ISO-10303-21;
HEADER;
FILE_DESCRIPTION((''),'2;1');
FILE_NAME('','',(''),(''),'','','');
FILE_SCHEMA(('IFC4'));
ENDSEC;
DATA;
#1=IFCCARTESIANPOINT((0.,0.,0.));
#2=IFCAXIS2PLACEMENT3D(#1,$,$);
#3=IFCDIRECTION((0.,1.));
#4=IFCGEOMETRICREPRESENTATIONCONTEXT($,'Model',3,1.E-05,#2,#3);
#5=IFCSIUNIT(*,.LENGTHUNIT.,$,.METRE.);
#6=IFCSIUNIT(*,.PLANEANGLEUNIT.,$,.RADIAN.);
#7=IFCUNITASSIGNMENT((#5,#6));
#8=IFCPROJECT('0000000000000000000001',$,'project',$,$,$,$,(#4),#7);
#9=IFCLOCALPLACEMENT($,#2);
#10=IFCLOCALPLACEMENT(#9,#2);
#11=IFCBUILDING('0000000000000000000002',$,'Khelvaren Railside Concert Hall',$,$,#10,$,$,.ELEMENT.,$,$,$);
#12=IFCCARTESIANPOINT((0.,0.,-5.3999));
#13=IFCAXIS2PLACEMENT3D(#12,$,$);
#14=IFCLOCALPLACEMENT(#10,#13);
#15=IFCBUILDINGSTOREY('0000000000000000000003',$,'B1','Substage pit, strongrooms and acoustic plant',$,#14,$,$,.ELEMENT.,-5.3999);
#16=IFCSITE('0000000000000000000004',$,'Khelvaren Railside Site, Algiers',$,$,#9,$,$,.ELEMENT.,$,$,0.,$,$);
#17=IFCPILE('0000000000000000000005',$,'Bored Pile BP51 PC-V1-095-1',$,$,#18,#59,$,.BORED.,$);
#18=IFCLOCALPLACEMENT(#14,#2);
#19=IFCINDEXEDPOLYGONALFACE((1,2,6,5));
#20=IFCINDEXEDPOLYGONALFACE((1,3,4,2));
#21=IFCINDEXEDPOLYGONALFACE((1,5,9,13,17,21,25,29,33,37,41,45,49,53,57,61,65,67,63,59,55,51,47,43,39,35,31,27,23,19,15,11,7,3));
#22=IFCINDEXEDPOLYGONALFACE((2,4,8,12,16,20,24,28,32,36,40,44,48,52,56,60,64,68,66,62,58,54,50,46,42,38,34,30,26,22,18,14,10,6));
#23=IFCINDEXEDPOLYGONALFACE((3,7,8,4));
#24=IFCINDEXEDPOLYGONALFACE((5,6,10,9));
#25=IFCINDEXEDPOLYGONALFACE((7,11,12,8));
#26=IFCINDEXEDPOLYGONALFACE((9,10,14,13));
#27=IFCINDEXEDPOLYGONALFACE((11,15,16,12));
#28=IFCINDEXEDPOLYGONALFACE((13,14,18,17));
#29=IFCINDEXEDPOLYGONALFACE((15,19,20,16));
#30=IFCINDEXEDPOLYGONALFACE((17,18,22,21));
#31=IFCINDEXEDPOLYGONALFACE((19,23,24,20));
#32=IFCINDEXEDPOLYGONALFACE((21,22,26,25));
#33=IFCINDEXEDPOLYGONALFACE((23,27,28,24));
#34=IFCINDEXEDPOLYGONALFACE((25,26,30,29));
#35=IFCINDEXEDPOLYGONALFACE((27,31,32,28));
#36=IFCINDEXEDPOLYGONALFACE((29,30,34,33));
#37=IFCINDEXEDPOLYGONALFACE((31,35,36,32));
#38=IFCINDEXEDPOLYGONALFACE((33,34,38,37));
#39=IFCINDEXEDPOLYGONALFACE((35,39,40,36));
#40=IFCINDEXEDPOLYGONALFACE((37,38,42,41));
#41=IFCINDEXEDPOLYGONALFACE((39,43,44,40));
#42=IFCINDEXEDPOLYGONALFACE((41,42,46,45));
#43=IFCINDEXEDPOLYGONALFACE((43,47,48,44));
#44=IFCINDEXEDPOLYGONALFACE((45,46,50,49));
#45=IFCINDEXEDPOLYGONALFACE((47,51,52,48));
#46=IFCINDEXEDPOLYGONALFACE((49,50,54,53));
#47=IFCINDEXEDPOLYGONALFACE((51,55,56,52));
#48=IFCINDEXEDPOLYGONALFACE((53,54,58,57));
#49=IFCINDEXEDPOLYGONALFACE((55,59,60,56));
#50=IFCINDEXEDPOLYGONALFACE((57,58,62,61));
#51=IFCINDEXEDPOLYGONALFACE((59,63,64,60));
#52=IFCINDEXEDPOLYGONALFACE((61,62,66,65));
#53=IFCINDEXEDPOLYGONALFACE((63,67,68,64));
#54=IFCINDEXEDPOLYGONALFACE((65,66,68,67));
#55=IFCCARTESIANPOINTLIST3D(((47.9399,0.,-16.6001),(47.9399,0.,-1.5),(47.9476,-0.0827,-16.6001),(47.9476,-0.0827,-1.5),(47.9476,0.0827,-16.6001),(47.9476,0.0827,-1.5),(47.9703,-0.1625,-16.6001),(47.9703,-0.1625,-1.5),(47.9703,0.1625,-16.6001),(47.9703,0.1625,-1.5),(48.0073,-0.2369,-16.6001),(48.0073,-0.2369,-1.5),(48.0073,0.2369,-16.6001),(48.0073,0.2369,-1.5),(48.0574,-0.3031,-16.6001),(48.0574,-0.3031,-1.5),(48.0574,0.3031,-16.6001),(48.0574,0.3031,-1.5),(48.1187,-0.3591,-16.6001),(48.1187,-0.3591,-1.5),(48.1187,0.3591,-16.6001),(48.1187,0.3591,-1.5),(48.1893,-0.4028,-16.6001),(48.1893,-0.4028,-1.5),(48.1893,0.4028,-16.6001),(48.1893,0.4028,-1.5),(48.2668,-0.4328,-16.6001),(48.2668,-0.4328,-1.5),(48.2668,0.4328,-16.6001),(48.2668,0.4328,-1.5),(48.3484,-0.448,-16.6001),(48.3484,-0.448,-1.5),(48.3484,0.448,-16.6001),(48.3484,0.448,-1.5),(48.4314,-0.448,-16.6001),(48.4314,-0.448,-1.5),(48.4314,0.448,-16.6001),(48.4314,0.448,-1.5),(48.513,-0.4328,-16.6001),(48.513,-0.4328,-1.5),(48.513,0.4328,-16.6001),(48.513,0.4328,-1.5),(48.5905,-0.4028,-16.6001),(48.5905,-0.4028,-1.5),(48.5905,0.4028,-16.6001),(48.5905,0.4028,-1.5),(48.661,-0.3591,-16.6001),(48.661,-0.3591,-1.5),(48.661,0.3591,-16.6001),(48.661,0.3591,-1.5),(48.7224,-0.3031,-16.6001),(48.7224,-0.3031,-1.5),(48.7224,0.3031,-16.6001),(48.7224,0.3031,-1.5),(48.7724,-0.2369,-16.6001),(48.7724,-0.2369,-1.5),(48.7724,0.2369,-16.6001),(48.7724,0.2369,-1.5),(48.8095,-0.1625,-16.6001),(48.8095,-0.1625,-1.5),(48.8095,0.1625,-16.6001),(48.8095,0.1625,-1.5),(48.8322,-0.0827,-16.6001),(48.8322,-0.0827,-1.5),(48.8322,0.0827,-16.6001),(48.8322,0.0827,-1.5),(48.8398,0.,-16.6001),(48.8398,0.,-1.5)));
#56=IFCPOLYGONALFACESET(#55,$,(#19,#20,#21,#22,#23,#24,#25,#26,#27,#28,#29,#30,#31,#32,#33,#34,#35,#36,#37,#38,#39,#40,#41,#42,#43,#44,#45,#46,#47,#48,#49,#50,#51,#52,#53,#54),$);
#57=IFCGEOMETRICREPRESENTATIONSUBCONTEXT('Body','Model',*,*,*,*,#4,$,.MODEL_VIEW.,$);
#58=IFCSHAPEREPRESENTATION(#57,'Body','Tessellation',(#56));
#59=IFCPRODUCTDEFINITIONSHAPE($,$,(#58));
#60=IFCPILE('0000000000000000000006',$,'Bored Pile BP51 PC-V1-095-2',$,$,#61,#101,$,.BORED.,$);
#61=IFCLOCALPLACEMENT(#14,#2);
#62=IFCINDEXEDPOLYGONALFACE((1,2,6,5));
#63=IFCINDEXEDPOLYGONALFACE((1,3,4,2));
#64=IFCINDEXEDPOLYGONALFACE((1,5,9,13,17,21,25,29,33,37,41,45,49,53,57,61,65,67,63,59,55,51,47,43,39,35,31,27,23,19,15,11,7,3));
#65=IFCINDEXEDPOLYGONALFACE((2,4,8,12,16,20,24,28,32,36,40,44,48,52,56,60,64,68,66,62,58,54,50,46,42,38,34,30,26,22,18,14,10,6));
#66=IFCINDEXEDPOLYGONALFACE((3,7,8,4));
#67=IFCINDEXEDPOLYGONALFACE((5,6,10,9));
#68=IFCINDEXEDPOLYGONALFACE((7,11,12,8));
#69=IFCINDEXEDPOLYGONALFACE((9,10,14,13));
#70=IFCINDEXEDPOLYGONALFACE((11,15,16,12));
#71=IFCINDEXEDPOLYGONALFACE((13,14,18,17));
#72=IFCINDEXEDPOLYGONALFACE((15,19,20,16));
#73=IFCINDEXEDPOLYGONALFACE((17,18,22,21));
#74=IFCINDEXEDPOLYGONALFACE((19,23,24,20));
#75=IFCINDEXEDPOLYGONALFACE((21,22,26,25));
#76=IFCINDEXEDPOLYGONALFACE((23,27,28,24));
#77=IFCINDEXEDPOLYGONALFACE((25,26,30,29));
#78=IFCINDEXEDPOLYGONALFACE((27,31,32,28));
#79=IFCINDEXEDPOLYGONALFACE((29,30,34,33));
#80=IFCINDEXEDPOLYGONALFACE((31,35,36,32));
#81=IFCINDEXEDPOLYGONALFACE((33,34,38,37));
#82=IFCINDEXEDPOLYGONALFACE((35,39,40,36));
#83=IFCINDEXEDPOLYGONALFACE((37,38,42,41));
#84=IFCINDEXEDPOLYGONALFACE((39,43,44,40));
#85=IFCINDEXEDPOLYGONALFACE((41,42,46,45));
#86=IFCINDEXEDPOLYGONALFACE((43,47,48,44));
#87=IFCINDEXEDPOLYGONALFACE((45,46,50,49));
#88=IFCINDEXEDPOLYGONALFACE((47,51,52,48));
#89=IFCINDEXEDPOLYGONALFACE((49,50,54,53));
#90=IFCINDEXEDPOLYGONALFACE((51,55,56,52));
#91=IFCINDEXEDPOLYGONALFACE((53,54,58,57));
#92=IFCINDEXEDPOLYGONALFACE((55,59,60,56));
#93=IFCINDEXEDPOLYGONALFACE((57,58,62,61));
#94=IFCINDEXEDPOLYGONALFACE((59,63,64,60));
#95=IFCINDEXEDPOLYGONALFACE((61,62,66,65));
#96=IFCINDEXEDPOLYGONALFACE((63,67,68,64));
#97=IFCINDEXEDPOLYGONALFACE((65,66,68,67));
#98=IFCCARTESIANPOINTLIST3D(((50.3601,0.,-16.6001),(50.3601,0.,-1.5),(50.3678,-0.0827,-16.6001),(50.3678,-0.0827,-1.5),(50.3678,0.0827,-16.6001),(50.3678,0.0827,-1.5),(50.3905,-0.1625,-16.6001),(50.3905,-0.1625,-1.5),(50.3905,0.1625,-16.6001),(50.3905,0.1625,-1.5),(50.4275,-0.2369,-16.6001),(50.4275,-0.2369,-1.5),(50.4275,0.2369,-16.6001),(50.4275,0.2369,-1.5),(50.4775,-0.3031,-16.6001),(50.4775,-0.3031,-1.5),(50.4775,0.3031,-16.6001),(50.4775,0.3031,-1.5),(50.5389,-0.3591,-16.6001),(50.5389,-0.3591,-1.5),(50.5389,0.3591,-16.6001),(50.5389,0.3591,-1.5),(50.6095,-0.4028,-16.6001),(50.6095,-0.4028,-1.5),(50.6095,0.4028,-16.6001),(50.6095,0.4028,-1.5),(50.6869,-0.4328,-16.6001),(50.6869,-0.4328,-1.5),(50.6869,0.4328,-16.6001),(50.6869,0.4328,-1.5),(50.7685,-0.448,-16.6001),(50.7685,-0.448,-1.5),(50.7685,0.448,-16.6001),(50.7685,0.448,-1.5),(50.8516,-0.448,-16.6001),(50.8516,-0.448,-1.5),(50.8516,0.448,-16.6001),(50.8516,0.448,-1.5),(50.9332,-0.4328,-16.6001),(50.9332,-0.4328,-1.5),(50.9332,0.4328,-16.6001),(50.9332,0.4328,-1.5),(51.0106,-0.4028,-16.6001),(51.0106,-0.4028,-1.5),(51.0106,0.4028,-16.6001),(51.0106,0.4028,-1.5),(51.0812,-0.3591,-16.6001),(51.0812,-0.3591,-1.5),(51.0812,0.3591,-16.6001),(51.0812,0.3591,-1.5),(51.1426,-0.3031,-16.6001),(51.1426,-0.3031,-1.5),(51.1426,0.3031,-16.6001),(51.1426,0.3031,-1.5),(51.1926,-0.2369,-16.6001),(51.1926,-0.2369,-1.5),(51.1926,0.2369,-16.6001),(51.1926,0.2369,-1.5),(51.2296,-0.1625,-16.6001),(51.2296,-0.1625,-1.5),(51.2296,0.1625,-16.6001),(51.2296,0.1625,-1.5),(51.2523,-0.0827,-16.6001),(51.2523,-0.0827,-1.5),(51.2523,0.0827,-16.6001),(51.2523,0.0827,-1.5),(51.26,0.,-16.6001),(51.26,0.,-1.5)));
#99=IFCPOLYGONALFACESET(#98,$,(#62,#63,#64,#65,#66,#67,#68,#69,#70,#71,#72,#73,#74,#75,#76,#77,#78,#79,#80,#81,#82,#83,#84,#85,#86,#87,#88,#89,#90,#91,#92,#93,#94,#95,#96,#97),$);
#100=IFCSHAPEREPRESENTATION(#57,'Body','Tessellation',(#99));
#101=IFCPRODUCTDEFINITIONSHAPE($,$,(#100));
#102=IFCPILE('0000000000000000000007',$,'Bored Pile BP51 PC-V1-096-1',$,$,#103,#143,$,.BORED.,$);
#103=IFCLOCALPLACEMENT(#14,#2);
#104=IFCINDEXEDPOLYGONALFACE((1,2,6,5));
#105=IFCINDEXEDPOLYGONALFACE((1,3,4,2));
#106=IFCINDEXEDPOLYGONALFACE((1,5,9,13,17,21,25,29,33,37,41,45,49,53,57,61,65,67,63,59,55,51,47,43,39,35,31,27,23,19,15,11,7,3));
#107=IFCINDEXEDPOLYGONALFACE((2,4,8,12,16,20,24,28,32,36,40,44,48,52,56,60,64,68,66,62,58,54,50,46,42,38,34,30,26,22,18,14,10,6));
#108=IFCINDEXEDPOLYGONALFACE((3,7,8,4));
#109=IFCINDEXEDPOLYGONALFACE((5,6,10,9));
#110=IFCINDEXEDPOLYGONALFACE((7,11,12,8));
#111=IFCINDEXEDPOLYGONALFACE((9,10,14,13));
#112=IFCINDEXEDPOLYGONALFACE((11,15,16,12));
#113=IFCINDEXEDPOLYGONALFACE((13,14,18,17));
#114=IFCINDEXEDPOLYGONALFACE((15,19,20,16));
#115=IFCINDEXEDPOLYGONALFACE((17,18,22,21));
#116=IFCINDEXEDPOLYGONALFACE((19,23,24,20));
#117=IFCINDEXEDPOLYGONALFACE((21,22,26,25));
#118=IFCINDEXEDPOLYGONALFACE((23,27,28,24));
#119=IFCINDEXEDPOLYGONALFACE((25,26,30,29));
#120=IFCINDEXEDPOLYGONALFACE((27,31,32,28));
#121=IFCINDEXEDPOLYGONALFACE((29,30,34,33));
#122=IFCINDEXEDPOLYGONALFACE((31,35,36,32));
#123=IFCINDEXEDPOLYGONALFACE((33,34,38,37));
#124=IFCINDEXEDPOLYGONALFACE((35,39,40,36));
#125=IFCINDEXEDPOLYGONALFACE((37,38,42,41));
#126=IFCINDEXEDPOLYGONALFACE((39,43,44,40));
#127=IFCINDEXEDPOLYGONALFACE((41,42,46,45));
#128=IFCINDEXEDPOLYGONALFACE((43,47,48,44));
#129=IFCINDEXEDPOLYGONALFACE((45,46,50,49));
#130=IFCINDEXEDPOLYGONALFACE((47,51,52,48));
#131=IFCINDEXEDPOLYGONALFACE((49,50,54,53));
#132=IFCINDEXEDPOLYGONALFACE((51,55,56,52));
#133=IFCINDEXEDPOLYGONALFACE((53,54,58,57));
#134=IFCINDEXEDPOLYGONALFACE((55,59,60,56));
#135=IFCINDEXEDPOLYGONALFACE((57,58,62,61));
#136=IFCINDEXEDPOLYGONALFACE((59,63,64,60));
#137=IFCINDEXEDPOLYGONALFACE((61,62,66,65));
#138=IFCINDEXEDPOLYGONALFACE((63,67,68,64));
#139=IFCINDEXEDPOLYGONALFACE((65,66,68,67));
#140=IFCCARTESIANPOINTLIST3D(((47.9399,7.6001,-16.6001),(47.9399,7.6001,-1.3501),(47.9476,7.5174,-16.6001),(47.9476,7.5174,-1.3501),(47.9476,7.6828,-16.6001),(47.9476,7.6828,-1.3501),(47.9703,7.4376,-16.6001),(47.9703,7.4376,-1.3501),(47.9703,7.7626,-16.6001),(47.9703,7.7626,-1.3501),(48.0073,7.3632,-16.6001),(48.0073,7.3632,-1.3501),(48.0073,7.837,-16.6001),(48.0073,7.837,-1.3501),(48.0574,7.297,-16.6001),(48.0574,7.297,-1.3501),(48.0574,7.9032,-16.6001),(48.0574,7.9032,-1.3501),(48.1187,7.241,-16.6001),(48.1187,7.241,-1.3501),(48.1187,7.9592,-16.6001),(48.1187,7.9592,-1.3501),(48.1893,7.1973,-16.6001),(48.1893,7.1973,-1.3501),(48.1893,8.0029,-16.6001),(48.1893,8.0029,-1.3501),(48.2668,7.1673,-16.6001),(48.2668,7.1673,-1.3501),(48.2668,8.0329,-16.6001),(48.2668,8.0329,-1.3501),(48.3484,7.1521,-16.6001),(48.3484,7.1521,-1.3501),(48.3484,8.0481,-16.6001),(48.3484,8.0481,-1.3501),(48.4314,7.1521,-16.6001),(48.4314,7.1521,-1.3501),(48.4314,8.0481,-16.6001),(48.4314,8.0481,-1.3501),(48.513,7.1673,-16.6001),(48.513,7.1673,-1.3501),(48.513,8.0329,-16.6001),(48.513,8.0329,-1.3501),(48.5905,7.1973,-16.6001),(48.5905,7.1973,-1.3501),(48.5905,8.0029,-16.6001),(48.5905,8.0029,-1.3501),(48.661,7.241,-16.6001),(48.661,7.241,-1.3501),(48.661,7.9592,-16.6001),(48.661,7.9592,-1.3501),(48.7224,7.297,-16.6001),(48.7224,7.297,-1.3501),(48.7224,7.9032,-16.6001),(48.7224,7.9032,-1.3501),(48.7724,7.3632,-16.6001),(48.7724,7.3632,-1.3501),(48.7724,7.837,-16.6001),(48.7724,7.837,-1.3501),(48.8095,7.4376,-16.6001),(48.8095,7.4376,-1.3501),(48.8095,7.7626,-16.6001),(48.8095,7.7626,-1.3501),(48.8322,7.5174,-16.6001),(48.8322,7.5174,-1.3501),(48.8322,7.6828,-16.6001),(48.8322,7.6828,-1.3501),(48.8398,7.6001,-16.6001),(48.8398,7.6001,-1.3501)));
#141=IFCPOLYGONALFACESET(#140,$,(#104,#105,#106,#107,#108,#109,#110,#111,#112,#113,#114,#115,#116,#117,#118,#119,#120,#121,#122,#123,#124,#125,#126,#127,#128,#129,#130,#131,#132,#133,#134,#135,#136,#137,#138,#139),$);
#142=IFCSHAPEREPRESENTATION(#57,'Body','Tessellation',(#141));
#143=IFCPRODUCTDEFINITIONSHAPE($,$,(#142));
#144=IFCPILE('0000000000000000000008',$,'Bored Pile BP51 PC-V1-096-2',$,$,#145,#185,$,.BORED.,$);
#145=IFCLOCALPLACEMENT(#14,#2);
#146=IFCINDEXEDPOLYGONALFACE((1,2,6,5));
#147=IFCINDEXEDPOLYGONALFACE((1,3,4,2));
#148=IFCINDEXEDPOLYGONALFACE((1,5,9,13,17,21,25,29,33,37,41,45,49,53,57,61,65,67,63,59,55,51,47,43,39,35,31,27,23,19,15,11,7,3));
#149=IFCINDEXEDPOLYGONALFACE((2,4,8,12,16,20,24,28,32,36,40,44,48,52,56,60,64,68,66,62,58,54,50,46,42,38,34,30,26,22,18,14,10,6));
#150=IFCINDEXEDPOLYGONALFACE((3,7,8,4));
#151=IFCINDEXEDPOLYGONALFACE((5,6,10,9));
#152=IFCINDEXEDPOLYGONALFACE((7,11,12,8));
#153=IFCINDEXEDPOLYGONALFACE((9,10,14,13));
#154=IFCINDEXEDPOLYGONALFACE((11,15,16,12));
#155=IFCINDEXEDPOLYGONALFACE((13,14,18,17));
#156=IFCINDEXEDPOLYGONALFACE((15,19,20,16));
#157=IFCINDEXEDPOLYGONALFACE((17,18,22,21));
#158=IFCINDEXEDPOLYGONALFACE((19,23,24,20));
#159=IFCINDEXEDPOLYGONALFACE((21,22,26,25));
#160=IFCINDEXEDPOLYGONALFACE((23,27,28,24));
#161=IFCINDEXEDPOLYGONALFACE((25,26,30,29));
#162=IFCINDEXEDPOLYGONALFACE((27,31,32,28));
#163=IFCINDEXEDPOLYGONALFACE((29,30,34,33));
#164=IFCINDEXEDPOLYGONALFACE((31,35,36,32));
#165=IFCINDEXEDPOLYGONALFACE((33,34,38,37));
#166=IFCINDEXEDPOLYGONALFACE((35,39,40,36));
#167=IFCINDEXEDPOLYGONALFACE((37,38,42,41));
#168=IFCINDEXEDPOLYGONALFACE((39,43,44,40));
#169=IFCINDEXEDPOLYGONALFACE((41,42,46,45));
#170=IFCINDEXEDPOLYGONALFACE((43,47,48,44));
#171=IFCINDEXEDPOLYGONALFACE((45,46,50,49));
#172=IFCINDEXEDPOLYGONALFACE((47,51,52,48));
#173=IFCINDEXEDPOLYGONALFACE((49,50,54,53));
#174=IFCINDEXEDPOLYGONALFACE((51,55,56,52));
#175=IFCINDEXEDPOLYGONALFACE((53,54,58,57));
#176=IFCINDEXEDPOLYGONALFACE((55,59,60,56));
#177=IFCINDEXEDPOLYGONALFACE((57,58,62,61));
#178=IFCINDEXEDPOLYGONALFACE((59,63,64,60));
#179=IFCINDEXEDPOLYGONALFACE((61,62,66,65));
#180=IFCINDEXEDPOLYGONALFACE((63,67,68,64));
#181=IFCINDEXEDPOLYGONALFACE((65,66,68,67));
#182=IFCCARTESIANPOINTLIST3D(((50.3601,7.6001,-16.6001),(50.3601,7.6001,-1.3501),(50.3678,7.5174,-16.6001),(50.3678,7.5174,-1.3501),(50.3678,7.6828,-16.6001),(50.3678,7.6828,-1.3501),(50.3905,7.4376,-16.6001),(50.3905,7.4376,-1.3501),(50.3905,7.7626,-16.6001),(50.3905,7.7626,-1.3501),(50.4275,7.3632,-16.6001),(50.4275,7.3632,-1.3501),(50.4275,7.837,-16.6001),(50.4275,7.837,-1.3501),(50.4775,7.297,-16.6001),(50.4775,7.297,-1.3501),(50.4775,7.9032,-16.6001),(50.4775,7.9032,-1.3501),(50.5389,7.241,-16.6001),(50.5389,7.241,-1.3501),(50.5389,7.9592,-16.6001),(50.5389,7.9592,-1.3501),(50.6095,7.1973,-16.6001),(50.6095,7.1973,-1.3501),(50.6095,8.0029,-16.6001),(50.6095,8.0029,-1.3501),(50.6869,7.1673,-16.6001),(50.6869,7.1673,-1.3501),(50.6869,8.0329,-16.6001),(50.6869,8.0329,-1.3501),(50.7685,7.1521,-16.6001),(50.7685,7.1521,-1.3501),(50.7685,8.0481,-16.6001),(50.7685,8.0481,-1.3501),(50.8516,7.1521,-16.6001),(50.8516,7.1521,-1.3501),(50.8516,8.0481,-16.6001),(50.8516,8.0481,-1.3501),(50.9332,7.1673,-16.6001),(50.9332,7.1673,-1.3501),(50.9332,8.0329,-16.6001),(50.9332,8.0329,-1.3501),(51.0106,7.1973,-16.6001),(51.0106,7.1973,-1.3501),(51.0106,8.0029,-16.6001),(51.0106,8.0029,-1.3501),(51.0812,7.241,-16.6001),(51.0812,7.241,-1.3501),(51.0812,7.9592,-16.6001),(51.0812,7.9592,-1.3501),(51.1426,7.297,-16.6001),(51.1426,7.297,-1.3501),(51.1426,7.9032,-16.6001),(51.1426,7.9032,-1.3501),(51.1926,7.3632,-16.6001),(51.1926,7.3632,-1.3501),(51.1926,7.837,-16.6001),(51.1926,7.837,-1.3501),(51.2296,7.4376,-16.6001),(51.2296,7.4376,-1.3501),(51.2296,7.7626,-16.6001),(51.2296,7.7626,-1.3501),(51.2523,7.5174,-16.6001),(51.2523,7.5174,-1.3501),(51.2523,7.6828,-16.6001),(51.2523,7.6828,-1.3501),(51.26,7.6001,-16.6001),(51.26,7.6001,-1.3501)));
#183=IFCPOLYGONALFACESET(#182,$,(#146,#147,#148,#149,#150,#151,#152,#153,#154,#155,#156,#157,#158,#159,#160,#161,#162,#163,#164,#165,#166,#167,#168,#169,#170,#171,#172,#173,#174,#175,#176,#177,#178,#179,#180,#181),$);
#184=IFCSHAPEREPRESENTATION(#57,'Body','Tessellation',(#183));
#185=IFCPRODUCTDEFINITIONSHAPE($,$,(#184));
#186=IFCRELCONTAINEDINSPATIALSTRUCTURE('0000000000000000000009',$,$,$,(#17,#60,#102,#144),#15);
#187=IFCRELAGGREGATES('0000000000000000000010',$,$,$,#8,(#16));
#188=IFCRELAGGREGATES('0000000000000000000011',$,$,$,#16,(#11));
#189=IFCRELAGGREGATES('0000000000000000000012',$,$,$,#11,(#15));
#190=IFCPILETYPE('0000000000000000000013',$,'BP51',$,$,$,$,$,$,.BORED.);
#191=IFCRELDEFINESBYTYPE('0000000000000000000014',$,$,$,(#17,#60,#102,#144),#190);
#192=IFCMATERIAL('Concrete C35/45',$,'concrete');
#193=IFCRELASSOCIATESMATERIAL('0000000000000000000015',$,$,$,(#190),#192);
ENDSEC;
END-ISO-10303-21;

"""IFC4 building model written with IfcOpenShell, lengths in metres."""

from ifc_helpers import new_model, si_unit, direction, frame, origin, origin_2d, place, context, subcontext, project, spatial, circle, extrude, material, material_profile, profile_set, type_object, element, save


model = new_model("IFC4")

# Units and contexts
model_context = context("Model", 3, precision=1e-05, world=origin(), true_north=direction((0.0, 1.0)))
body_context = subcontext(model_context, "Body", "Model", "MODEL_VIEW")
ifc_project = project(units=[si_unit("LENGTHUNIT", "METRE"), si_unit("PLANEANGLEUNIT", "RADIAN")], contexts=[model_context])

# Site, building, storey
site_placement = place(None, origin())
site = spatial("IfcSite", under=ifc_project, at=site_placement, Name="Khelvaren Railside Site, Algiers", CompositionType="ELEMENT", RefElevation=0.0)
building_placement = place(site_placement, origin())
building = spatial("IfcBuilding", under=site, at=building_placement, Name="Khelvaren Railside Concert Hall", CompositionType="ELEMENT")
storey_placement = place(building_placement, frame((0.0, 0.0, -5.3999)))
storey = spatial("IfcBuildingStorey", under=building, at=storey_placement, Name="B1", Description="Substage pit, strongrooms and acoustic plant", CompositionType="ELEMENT", Elevation=-5.3999)

# Piles
ifc_material_1 = material(Name="Concrete C35/45", Category="concrete")
ifc_material_profile_1 = material_profile(ifc_material_1, circle(Radius=0.45, at=origin_2d()), Name="BP D900")
ifc_profile_set_1 = profile_set([ifc_material_profile_1], Name="Concrete C35/45")
pile_type_1 = type_object("IfcPileType", Name="BP51", PredefinedType="BORED", material=ifc_profile_set_1)
for number, where, z_axis, x_axis, name in (
    (1, (48.3899, 0.0, -1.5), (0.0, 0.0, -1.0), (1.0, 0.0, 0.0), "Bored Pile BP51 PC-V1-095-1"),
    (2, (50.8101, 0.0, -1.5), (0.0, 0.0, -1.0), (1.0, 0.0, 0.0), "Bored Pile BP51 PC-V1-095-2"),
):
    element("IfcPile", number, at=place(storey_placement, frame(where, z_axis=z_axis, x_axis=x_axis)), inside=storey, type_object=pile_type_1, Name=name, PredefinedType="BORED", context=body_context, shape_type="SweptSolid", body=[
        extrude(circle(Radius=0.45, at=origin_2d()), origin(), (0.0, 0.0, 1.0), 15.1001),
    ])
for number, where, z_axis, x_axis, name in (
    (3, (48.3899, 7.6001, -1.3501), (0.0, 0.0, -1.0), (1.0, 0.0, 0.0), "Bored Pile BP51 PC-V1-096-1"),
    (4, (50.8101, 7.6001, -1.3501), (0.0, 0.0, -1.0), (1.0, 0.0, 0.0), "Bored Pile BP51 PC-V1-096-2"),
):
    element("IfcPile", number, at=place(storey_placement, frame(where, z_axis=z_axis, x_axis=x_axis)), inside=storey, type_object=pile_type_1, Name=name, PredefinedType="BORED", context=body_context, shape_type="SweptSolid", body=[
        extrude(circle(Radius=0.45, at=origin_2d()), origin(), (0.0, 0.0, 1.0), 15.25),
    ])

save(model, "model.ifc")
